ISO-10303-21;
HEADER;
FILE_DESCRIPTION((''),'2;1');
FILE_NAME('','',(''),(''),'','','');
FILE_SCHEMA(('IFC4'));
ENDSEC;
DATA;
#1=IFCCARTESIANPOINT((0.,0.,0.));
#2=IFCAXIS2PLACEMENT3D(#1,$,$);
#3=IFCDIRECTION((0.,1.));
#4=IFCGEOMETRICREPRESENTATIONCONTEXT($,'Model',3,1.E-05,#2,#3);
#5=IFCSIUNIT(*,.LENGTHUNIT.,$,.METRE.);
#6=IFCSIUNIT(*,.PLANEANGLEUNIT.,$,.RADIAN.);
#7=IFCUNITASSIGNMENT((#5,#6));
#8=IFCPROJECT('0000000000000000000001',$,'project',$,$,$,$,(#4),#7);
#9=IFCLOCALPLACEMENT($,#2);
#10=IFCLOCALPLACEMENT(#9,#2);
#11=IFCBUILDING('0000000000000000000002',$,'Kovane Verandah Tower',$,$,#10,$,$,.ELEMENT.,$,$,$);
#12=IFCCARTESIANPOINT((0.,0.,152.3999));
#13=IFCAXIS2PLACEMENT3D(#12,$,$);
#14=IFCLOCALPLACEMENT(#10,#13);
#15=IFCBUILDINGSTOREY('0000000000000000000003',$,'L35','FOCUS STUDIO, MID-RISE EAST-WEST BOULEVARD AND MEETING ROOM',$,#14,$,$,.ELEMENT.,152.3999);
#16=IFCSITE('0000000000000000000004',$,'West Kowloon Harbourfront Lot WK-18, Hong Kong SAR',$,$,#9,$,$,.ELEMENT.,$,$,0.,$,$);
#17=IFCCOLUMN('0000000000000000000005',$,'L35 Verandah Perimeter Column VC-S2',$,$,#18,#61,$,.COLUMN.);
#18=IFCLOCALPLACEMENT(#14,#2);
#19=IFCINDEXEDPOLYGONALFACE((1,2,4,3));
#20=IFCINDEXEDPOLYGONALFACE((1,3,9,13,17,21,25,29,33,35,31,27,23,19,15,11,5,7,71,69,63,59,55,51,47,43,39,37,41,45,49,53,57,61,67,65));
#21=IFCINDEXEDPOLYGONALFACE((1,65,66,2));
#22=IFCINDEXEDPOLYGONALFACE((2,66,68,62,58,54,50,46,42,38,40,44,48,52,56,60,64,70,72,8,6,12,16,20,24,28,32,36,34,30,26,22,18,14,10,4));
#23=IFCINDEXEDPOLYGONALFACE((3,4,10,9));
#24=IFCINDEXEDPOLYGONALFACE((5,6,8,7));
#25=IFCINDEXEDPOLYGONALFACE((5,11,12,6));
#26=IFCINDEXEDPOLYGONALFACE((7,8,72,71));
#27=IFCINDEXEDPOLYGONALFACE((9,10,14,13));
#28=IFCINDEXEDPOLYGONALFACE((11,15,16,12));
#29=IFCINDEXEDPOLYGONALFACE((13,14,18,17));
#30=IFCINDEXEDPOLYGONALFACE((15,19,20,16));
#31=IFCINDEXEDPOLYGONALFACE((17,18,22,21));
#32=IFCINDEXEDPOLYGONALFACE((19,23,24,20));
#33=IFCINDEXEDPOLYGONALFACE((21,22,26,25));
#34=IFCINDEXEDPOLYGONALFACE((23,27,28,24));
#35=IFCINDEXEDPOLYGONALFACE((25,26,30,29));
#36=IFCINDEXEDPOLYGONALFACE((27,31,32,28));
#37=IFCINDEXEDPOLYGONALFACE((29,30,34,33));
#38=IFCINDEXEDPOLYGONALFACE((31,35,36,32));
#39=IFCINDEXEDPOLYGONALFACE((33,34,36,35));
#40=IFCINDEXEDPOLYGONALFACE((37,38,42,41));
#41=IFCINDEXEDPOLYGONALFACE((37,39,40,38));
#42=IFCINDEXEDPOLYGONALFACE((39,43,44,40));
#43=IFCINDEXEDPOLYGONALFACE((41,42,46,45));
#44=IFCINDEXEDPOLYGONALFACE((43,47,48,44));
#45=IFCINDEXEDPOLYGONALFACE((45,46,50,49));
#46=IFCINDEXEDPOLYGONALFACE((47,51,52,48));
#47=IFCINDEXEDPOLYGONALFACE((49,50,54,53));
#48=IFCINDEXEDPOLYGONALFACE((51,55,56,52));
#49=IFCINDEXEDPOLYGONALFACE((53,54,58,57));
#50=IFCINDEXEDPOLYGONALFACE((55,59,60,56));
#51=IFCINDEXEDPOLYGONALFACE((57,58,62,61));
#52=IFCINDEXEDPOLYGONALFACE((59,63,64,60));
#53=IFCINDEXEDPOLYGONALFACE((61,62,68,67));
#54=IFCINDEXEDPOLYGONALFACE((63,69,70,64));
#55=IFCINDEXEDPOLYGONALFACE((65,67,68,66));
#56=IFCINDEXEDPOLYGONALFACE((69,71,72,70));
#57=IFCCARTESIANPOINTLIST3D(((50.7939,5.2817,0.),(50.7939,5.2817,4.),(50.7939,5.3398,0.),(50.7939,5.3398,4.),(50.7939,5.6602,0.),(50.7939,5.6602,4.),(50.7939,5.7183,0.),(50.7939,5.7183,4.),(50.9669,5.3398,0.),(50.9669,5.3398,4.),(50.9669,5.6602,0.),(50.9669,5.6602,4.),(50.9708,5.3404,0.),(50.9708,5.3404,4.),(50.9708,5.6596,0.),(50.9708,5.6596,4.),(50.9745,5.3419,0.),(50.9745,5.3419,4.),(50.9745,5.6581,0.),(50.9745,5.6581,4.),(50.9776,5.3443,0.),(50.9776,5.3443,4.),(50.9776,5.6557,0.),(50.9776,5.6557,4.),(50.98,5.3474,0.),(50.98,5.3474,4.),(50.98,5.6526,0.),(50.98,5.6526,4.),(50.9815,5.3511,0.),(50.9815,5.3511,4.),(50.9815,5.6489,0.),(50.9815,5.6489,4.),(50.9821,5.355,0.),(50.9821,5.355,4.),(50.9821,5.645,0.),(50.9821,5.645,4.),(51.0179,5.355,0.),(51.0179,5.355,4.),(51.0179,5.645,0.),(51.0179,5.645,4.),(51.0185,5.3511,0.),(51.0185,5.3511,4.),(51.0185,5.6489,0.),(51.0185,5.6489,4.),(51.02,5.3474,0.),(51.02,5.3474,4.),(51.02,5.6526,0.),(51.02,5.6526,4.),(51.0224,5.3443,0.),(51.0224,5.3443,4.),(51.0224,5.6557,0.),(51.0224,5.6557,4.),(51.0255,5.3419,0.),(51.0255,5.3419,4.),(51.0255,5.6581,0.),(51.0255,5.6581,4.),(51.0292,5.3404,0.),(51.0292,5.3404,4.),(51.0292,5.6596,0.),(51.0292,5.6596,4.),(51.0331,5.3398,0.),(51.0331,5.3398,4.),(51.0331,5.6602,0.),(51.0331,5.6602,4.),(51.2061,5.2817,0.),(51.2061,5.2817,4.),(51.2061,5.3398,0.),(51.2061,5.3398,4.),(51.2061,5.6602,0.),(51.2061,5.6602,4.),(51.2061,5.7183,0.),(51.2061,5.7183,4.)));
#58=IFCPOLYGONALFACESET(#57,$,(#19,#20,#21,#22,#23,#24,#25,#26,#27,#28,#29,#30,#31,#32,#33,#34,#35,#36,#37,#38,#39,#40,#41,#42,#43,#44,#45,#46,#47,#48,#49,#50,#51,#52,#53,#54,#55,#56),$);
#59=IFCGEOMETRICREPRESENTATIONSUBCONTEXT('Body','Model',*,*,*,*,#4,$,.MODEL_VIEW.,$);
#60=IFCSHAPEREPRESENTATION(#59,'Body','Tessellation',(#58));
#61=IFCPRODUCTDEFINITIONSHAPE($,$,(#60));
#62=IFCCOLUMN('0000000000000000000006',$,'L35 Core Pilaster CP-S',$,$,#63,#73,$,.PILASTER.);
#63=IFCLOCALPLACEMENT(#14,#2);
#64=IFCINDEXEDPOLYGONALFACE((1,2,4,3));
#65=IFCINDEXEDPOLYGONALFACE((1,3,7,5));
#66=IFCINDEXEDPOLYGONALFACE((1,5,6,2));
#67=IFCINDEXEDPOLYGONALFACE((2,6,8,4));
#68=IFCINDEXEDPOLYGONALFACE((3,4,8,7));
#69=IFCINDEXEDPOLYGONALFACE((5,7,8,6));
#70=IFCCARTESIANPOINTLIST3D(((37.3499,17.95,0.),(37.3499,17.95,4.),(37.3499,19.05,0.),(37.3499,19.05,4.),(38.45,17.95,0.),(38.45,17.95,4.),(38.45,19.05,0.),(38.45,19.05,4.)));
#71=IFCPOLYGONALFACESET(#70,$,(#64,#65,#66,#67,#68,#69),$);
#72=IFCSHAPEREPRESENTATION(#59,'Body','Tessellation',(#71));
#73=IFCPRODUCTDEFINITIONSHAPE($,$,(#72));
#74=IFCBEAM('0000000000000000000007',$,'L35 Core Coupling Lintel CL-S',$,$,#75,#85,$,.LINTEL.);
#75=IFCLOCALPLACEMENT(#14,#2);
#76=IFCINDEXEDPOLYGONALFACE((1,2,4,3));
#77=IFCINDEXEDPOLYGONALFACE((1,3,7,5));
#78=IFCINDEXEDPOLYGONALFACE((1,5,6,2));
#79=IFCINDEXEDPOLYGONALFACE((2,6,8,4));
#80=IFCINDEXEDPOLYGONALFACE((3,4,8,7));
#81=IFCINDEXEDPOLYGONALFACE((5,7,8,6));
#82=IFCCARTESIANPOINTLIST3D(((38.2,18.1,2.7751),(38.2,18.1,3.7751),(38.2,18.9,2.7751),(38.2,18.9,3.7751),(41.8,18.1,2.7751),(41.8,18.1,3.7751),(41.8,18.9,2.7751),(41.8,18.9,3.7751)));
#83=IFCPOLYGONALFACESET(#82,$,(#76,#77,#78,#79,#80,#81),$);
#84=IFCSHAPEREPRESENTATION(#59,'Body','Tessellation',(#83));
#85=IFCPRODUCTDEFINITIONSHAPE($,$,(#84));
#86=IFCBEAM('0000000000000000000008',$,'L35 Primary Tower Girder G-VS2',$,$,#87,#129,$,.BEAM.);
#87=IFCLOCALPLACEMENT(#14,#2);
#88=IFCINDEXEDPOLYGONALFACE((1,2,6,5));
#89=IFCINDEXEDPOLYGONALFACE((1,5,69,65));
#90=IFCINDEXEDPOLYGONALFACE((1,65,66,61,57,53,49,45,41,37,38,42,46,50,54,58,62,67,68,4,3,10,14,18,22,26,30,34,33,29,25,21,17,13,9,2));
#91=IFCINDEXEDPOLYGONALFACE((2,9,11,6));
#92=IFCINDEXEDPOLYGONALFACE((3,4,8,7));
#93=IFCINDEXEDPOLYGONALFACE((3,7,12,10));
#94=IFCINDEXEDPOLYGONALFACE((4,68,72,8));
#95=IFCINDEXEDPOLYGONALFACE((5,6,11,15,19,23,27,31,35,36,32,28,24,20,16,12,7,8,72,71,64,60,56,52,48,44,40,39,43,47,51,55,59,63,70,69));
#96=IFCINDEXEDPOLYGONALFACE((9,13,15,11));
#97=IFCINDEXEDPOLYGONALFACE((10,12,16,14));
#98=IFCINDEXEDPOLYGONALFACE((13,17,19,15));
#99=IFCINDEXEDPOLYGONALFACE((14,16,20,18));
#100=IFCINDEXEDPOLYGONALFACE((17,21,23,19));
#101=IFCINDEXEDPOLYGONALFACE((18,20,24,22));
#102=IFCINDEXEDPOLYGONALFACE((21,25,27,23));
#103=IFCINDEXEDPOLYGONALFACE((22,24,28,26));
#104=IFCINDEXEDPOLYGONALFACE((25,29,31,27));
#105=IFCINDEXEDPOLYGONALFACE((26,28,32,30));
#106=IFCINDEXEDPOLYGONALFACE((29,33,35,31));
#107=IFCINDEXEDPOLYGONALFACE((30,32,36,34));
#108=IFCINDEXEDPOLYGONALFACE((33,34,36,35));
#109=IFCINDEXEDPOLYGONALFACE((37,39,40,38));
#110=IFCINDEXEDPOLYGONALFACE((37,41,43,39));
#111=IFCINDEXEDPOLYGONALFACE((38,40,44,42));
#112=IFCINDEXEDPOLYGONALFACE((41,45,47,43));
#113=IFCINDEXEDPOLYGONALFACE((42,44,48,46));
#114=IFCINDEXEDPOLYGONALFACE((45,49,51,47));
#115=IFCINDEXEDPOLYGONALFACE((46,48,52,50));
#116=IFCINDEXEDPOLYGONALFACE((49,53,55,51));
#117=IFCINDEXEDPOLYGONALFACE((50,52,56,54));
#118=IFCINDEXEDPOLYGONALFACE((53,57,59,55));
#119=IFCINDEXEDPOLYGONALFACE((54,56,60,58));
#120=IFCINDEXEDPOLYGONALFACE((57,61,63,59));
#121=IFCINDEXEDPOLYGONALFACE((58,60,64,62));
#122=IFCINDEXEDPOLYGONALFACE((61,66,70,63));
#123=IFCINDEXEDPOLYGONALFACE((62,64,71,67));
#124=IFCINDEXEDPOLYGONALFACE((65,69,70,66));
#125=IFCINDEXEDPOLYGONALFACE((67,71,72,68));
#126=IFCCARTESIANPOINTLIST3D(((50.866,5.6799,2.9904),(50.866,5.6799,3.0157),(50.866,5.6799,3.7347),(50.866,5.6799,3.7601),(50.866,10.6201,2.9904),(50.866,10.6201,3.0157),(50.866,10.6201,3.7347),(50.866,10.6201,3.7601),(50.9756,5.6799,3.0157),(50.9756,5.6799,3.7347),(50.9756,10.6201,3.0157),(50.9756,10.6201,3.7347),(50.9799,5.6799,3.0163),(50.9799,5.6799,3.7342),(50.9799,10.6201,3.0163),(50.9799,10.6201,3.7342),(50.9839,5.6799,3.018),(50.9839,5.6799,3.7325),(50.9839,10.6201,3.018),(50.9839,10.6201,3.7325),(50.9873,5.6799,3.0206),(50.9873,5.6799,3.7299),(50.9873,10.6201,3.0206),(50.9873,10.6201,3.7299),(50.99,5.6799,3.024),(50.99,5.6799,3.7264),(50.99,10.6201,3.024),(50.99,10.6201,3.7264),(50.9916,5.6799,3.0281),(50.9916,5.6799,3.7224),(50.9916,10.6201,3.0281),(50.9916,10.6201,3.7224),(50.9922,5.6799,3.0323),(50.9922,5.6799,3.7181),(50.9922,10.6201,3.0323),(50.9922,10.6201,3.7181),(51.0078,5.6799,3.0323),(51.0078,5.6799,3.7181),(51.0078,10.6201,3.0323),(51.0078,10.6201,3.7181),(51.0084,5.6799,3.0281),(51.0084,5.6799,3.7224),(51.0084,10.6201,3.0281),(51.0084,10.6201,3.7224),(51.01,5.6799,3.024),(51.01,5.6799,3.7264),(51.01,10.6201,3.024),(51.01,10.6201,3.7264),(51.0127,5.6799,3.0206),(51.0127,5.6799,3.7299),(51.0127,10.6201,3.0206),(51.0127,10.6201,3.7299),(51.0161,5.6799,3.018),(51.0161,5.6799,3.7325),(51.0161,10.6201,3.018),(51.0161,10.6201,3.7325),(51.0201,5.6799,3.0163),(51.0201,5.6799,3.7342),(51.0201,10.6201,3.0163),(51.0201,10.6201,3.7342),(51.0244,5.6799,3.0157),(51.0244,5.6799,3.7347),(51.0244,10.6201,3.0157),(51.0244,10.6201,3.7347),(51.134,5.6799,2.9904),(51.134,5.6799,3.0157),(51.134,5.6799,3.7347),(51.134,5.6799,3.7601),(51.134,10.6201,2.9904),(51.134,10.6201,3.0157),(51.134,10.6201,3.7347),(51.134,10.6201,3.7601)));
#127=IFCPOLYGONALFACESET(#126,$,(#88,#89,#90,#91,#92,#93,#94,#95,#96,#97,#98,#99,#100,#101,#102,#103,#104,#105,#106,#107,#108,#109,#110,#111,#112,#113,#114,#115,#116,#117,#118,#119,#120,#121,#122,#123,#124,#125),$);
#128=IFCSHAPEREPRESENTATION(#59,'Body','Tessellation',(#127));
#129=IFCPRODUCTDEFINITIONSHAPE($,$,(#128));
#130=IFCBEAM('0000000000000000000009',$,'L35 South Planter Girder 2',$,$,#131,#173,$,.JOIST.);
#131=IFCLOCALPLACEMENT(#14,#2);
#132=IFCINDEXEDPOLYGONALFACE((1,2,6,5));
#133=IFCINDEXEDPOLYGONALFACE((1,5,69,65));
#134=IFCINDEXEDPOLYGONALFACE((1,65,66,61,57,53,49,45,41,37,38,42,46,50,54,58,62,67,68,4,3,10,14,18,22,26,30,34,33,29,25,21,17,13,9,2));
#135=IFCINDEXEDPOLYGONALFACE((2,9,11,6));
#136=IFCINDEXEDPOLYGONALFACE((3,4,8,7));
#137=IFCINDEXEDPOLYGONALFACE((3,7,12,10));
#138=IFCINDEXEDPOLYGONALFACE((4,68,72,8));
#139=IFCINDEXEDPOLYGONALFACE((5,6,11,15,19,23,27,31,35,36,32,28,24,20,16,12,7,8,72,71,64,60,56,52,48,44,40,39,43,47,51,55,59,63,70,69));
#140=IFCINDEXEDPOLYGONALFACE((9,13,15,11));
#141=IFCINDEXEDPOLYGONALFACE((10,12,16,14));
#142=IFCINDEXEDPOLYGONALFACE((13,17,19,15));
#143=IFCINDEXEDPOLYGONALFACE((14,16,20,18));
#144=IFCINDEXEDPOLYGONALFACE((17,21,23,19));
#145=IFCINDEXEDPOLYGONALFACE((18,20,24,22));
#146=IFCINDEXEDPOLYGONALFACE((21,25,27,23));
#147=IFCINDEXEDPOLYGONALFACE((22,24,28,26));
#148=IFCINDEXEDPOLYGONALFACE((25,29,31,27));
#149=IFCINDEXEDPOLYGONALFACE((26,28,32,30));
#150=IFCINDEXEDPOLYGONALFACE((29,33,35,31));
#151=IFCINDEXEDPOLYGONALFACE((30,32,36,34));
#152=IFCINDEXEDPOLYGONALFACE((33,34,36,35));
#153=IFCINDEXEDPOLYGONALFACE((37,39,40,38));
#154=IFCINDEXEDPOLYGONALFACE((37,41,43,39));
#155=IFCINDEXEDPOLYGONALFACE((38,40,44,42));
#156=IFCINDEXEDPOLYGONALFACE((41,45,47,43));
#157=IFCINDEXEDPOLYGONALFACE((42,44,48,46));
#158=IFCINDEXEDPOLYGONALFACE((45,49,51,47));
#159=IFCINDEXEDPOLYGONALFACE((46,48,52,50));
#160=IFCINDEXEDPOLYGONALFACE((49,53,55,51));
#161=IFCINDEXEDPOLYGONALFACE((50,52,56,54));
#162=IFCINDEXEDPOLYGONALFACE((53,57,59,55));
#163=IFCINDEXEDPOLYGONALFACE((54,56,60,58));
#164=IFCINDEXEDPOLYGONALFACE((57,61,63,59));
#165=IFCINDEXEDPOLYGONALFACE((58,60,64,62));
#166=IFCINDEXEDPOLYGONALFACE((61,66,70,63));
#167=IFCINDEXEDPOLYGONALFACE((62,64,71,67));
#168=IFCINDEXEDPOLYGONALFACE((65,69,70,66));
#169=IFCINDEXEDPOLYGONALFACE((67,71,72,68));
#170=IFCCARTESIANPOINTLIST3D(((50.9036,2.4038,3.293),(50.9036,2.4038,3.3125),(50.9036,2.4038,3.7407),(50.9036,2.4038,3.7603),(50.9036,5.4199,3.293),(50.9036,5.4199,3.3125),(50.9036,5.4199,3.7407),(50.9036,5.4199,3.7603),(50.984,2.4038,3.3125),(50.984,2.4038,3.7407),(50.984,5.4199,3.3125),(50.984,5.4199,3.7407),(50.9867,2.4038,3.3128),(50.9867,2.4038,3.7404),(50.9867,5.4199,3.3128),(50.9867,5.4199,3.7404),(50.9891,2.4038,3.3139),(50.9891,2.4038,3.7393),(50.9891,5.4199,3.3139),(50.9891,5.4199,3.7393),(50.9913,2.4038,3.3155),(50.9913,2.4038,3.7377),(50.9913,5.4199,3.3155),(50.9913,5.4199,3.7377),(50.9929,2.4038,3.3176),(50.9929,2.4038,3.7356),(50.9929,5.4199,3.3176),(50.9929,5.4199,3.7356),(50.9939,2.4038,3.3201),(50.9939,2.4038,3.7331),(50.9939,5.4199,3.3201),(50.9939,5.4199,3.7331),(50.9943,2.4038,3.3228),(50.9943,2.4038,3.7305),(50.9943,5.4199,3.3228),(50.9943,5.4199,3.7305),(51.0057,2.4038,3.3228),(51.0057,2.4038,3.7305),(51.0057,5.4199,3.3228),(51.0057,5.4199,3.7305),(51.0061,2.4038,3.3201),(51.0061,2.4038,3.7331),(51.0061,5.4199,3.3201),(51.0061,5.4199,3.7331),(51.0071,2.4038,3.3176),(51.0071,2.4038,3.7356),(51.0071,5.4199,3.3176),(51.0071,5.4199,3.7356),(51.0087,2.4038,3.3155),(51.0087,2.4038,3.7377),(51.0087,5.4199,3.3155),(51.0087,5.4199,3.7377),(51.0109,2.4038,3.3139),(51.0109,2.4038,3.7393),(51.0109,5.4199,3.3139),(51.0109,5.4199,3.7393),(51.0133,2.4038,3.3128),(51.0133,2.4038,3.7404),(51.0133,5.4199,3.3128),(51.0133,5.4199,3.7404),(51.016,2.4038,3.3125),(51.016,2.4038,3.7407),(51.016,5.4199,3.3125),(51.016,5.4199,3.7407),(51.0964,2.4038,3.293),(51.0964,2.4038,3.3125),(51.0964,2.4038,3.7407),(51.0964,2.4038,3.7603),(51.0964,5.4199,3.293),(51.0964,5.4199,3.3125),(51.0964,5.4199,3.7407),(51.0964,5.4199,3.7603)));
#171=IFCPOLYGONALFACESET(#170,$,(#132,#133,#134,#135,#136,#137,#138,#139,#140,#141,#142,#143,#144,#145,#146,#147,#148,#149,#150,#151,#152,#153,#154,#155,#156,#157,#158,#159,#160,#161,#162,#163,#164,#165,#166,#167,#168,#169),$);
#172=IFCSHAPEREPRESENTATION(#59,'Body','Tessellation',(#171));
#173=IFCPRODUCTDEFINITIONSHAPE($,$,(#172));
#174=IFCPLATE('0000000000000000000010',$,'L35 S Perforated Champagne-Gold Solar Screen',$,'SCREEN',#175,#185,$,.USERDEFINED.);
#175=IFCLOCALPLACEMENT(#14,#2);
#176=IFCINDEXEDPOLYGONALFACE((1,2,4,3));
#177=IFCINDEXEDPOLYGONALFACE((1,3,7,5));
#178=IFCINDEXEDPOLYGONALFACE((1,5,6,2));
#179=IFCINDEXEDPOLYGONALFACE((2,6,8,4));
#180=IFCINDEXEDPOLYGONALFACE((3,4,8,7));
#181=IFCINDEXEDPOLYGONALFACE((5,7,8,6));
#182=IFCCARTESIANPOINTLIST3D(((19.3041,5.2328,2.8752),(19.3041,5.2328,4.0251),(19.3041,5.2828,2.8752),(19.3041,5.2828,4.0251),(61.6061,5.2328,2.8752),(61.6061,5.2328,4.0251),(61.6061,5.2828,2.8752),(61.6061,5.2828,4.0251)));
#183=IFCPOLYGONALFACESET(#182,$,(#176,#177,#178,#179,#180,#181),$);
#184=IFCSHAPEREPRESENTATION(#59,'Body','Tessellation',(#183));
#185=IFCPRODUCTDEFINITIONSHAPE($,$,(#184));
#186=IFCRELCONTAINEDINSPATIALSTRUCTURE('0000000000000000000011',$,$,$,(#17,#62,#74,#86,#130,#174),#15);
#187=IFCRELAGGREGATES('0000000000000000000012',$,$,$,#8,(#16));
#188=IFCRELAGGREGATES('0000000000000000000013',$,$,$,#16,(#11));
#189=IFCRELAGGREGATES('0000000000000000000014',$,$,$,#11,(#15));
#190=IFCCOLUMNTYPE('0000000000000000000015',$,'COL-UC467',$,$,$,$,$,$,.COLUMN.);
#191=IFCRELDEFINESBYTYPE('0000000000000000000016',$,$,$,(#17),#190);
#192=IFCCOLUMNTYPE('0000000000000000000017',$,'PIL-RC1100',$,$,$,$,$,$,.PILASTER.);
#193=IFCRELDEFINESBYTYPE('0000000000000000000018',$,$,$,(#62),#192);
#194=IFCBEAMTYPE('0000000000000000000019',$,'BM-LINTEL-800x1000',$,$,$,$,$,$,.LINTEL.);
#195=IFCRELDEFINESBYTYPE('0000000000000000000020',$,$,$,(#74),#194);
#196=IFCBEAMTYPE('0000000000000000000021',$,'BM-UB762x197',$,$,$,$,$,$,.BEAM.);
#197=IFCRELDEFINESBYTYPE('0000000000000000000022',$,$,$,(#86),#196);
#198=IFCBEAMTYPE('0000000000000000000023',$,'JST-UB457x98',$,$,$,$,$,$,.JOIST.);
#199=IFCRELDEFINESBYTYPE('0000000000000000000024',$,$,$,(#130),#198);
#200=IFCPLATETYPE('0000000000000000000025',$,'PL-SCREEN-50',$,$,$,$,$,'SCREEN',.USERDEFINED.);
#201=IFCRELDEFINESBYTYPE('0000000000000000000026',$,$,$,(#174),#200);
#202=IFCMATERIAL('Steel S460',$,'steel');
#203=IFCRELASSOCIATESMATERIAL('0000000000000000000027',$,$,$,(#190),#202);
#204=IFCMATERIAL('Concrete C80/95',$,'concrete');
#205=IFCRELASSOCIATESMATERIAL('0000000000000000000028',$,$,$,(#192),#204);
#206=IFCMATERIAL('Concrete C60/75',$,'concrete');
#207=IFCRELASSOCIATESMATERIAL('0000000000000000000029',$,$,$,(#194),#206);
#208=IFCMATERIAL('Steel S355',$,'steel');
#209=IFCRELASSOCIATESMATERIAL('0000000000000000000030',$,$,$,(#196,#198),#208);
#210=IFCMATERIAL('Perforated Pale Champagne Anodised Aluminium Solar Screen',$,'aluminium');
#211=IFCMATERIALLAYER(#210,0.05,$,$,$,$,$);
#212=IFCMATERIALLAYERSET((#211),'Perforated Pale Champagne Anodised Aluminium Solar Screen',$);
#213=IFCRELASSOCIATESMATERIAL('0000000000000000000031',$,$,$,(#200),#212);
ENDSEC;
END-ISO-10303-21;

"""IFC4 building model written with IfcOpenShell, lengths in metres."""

from ifc_helpers import new_model, si_unit, direction, frame, origin, origin_2d, place, context, subcontext, project, spatial, rectangle, i_section, extrude, material, layer, layer_set, material_profile, profile_set, type_object, element, save


model = new_model("IFC4")

# Units and contexts
model_context = context("Model", 3, precision=1e-05, world=origin(), true_north=direction((0.0, 1.0)))
body_context = subcontext(model_context, "Body", "Model", "MODEL_VIEW")
ifc_project = project(units=[si_unit("LENGTHUNIT", "METRE"), si_unit("PLANEANGLEUNIT", "RADIAN")], contexts=[model_context])

# Site, building, storey
site_placement = place(None, origin())
site = spatial("IfcSite", under=ifc_project, at=site_placement, Name="West Kowloon Harbourfront Lot WK-18, Hong Kong SAR", CompositionType="ELEMENT", RefElevation=0.0)
building_placement = place(site_placement, origin())
building = spatial("IfcBuilding", under=site, at=building_placement, Name="Kovane Verandah Tower", CompositionType="ELEMENT")
storey_placement = place(building_placement, frame((0.0, 0.0, 152.3999)))
storey = spatial("IfcBuildingStorey", under=building, at=storey_placement, Name="L35", Description="FOCUS STUDIO, MID-RISE EAST-WEST BOULEVARD AND MEETING ROOM", CompositionType="ELEMENT", Elevation=152.3999)

# Columns
ifc_material_1 = material(Name="Steel S460", Category="steel")
ifc_material_profile_1 = material_profile(ifc_material_1, i_section(OverallWidth=0.4121, OverallDepth=0.4365, WebThickness=0.0359, FlangeThickness=0.0581, FilletRadius=0.0151, at=origin_2d()), Name="UC356x406x467")
ifc_profile_set_1 = profile_set([ifc_material_profile_1], Name="Steel S460")
column_type_1 = type_object("IfcColumnType", Name="COL-UC467", PredefinedType="COLUMN", material=ifc_profile_set_1)
column_1_placement = place(storey_placement, frame((51.0, 5.5, 0.0), z_axis=(0.0, 0.0, 1.0), x_axis=(1.0, 0.0, 0.0)))
element("IfcColumn", 1, at=column_1_placement, inside=storey, type_object=column_type_1, Name="L35 Verandah Perimeter Column VC-S2", PredefinedType="COLUMN", context=body_context, shape_type="SweptSolid", body=[
    extrude(i_section(OverallWidth=0.4121, OverallDepth=0.4365, WebThickness=0.0359, FlangeThickness=0.0581, FilletRadius=0.0151, at=origin_2d()), origin(), (0.0, 0.0, 1.0), 4.0),
])
ifc_material_2 = material(Name="Concrete C80/95", Category="concrete")
ifc_material_profile_2 = material_profile(ifc_material_2, rectangle(XDim=1.1001, YDim=1.1001, at=origin_2d()), Name="RC1100x1100")
ifc_profile_set_2 = profile_set([ifc_material_profile_2], Name="Concrete C80/95")
column_type_2 = type_object("IfcColumnType", Name="PIL-RC1100", PredefinedType="PILASTER", material=ifc_profile_set_2)
column_2_placement = place(storey_placement, frame((37.8999, 18.5, 0.0), z_axis=(0.0, 0.0, 1.0), x_axis=(1.0, 0.0, 0.0)))
element("IfcColumn", 2, at=column_2_placement, inside=storey, type_object=column_type_2, Name="L35 Core Pilaster CP-S", PredefinedType="PILASTER", context=body_context, shape_type="SweptSolid", body=[
    extrude(rectangle(XDim=1.1001, YDim=1.1001, at=origin_2d()), origin(), (0.0, 0.0, 1.0), 4.0),
])

# Beams
ifc_material_3 = material(Name="Concrete C60/75", Category="concrete")
ifc_material_profile_3 = material_profile(ifc_material_3, rectangle(XDim=0.8, YDim=1.0, at=origin_2d()), Name="RCB800x1000")
ifc_profile_set_3 = profile_set([ifc_material_profile_3], Name="Concrete C60/75")
beam_type_1 = type_object("IfcBeamType", Name="BM-LINTEL-800x1000", PredefinedType="LINTEL", material=ifc_profile_set_3)
beam_1_placement = place(storey_placement, frame((38.2, 18.5, 3.2751), z_axis=(1.0, 0.0, 0.0), x_axis=(0.0, 1.0, 0.0)))
element("IfcBeam", 3, at=beam_1_placement, inside=storey, type_object=beam_type_1, Name="L35 Core Coupling Lintel CL-S", PredefinedType="LINTEL", context=body_context, shape_type="SweptSolid", body=[
    extrude(rectangle(XDim=0.8, YDim=1.0, at=origin_2d()), origin(), (0.0, 0.0, 1.0), 3.6001),
])
ifc_material_4 = material(Name="Steel S355", Category="steel")
ifc_material_profile_4 = material_profile(ifc_material_4, i_section(OverallWidth=0.2681, OverallDepth=0.7698, WebThickness=0.0156, FlangeThickness=0.0254, FilletRadius=0.0166, at=origin_2d()), Name="UB762x267x197")
ifc_profile_set_4 = profile_set([ifc_material_profile_4], Name="Steel S355")
beam_type_2 = type_object("IfcBeamType", Name="BM-UB762x197", PredefinedType="BEAM", material=ifc_profile_set_4)
beam_2_placement = place(storey_placement, frame((51.0, 10.6201, 3.3752), z_axis=(0.0, -1.0, 0.0), x_axis=(1.0, 0.0, 0.0)))
element("IfcBeam", 4, at=beam_2_placement, inside=storey, type_object=beam_type_2, Name="L35 Primary Tower Girder G-VS2", PredefinedType="BEAM", context=body_context, shape_type="SweptSolid", body=[
    extrude(i_section(OverallWidth=0.2681, OverallDepth=0.7698, WebThickness=0.0156, FlangeThickness=0.0254, FilletRadius=0.0166, at=origin_2d()), origin(), (0.0, 0.0, 1.0), 4.9402),
])
ifc_material_profile_5 = material_profile(ifc_material_4, i_section(OverallWidth=0.1929, OverallDepth=0.4673, WebThickness=0.0115, FlangeThickness=0.0195, FilletRadius=0.0103, at=origin_2d()), Name="UB457x191x98")
ifc_profile_set_5 = profile_set([ifc_material_profile_5], Name="Steel S355")
beam_type_3 = type_object("IfcBeamType", Name="JST-UB457x98", PredefinedType="JOIST", material=ifc_profile_set_5)
beam_3_placement = place(storey_placement, frame((51.0, 5.4199, 3.5266), z_axis=(0.0, -1.0, 0.0), x_axis=(1.0, 0.0, 0.0)))
element("IfcBeam", 5, at=beam_3_placement, inside=storey, type_object=beam_type_3, Name="L35 South Planter Girder 2", PredefinedType="JOIST", context=body_context, shape_type="SweptSolid", body=[
    extrude(i_section(OverallWidth=0.1929, OverallDepth=0.4673, WebThickness=0.0115, FlangeThickness=0.0195, FilletRadius=0.0103, at=origin_2d()), origin(), (0.0, 0.0, 1.0), 3.0161),
])

# Plate
ifc_material_5 = material(Name="Perforated Pale Champagne Anodised Aluminium Solar Screen", Category="aluminium")
ifc_layer_1 = layer(ifc_material_5, 0.05)
ifc_layer_set_1 = layer_set([ifc_layer_1], Name="Perforated Pale Champagne Anodised Aluminium Solar Screen")
plate_type = type_object("IfcPlateType", Name="PL-SCREEN-50", ElementType="SCREEN", PredefinedType="USERDEFINED", material=ifc_layer_set_1)
plate_placement = place(storey_placement, frame((40.4551, 5.2578, 2.8752), z_axis=(0.0, 0.0, 1.0), x_axis=(1.0, 0.0, 0.0)))
element("IfcPlate", 6, at=plate_placement, inside=storey, type_object=plate_type, Name="L35 S Perforated Champagne-Gold Solar Screen", ObjectType="SCREEN", PredefinedType="USERDEFINED", context=body_context, shape_type="SweptSolid", body=[
    extrude(rectangle(XDim=42.302, YDim=0.05, at=origin_2d()), origin(), (0.0, 0.0, 1.0), 1.1499),
])

save(model, "model.ifc")
